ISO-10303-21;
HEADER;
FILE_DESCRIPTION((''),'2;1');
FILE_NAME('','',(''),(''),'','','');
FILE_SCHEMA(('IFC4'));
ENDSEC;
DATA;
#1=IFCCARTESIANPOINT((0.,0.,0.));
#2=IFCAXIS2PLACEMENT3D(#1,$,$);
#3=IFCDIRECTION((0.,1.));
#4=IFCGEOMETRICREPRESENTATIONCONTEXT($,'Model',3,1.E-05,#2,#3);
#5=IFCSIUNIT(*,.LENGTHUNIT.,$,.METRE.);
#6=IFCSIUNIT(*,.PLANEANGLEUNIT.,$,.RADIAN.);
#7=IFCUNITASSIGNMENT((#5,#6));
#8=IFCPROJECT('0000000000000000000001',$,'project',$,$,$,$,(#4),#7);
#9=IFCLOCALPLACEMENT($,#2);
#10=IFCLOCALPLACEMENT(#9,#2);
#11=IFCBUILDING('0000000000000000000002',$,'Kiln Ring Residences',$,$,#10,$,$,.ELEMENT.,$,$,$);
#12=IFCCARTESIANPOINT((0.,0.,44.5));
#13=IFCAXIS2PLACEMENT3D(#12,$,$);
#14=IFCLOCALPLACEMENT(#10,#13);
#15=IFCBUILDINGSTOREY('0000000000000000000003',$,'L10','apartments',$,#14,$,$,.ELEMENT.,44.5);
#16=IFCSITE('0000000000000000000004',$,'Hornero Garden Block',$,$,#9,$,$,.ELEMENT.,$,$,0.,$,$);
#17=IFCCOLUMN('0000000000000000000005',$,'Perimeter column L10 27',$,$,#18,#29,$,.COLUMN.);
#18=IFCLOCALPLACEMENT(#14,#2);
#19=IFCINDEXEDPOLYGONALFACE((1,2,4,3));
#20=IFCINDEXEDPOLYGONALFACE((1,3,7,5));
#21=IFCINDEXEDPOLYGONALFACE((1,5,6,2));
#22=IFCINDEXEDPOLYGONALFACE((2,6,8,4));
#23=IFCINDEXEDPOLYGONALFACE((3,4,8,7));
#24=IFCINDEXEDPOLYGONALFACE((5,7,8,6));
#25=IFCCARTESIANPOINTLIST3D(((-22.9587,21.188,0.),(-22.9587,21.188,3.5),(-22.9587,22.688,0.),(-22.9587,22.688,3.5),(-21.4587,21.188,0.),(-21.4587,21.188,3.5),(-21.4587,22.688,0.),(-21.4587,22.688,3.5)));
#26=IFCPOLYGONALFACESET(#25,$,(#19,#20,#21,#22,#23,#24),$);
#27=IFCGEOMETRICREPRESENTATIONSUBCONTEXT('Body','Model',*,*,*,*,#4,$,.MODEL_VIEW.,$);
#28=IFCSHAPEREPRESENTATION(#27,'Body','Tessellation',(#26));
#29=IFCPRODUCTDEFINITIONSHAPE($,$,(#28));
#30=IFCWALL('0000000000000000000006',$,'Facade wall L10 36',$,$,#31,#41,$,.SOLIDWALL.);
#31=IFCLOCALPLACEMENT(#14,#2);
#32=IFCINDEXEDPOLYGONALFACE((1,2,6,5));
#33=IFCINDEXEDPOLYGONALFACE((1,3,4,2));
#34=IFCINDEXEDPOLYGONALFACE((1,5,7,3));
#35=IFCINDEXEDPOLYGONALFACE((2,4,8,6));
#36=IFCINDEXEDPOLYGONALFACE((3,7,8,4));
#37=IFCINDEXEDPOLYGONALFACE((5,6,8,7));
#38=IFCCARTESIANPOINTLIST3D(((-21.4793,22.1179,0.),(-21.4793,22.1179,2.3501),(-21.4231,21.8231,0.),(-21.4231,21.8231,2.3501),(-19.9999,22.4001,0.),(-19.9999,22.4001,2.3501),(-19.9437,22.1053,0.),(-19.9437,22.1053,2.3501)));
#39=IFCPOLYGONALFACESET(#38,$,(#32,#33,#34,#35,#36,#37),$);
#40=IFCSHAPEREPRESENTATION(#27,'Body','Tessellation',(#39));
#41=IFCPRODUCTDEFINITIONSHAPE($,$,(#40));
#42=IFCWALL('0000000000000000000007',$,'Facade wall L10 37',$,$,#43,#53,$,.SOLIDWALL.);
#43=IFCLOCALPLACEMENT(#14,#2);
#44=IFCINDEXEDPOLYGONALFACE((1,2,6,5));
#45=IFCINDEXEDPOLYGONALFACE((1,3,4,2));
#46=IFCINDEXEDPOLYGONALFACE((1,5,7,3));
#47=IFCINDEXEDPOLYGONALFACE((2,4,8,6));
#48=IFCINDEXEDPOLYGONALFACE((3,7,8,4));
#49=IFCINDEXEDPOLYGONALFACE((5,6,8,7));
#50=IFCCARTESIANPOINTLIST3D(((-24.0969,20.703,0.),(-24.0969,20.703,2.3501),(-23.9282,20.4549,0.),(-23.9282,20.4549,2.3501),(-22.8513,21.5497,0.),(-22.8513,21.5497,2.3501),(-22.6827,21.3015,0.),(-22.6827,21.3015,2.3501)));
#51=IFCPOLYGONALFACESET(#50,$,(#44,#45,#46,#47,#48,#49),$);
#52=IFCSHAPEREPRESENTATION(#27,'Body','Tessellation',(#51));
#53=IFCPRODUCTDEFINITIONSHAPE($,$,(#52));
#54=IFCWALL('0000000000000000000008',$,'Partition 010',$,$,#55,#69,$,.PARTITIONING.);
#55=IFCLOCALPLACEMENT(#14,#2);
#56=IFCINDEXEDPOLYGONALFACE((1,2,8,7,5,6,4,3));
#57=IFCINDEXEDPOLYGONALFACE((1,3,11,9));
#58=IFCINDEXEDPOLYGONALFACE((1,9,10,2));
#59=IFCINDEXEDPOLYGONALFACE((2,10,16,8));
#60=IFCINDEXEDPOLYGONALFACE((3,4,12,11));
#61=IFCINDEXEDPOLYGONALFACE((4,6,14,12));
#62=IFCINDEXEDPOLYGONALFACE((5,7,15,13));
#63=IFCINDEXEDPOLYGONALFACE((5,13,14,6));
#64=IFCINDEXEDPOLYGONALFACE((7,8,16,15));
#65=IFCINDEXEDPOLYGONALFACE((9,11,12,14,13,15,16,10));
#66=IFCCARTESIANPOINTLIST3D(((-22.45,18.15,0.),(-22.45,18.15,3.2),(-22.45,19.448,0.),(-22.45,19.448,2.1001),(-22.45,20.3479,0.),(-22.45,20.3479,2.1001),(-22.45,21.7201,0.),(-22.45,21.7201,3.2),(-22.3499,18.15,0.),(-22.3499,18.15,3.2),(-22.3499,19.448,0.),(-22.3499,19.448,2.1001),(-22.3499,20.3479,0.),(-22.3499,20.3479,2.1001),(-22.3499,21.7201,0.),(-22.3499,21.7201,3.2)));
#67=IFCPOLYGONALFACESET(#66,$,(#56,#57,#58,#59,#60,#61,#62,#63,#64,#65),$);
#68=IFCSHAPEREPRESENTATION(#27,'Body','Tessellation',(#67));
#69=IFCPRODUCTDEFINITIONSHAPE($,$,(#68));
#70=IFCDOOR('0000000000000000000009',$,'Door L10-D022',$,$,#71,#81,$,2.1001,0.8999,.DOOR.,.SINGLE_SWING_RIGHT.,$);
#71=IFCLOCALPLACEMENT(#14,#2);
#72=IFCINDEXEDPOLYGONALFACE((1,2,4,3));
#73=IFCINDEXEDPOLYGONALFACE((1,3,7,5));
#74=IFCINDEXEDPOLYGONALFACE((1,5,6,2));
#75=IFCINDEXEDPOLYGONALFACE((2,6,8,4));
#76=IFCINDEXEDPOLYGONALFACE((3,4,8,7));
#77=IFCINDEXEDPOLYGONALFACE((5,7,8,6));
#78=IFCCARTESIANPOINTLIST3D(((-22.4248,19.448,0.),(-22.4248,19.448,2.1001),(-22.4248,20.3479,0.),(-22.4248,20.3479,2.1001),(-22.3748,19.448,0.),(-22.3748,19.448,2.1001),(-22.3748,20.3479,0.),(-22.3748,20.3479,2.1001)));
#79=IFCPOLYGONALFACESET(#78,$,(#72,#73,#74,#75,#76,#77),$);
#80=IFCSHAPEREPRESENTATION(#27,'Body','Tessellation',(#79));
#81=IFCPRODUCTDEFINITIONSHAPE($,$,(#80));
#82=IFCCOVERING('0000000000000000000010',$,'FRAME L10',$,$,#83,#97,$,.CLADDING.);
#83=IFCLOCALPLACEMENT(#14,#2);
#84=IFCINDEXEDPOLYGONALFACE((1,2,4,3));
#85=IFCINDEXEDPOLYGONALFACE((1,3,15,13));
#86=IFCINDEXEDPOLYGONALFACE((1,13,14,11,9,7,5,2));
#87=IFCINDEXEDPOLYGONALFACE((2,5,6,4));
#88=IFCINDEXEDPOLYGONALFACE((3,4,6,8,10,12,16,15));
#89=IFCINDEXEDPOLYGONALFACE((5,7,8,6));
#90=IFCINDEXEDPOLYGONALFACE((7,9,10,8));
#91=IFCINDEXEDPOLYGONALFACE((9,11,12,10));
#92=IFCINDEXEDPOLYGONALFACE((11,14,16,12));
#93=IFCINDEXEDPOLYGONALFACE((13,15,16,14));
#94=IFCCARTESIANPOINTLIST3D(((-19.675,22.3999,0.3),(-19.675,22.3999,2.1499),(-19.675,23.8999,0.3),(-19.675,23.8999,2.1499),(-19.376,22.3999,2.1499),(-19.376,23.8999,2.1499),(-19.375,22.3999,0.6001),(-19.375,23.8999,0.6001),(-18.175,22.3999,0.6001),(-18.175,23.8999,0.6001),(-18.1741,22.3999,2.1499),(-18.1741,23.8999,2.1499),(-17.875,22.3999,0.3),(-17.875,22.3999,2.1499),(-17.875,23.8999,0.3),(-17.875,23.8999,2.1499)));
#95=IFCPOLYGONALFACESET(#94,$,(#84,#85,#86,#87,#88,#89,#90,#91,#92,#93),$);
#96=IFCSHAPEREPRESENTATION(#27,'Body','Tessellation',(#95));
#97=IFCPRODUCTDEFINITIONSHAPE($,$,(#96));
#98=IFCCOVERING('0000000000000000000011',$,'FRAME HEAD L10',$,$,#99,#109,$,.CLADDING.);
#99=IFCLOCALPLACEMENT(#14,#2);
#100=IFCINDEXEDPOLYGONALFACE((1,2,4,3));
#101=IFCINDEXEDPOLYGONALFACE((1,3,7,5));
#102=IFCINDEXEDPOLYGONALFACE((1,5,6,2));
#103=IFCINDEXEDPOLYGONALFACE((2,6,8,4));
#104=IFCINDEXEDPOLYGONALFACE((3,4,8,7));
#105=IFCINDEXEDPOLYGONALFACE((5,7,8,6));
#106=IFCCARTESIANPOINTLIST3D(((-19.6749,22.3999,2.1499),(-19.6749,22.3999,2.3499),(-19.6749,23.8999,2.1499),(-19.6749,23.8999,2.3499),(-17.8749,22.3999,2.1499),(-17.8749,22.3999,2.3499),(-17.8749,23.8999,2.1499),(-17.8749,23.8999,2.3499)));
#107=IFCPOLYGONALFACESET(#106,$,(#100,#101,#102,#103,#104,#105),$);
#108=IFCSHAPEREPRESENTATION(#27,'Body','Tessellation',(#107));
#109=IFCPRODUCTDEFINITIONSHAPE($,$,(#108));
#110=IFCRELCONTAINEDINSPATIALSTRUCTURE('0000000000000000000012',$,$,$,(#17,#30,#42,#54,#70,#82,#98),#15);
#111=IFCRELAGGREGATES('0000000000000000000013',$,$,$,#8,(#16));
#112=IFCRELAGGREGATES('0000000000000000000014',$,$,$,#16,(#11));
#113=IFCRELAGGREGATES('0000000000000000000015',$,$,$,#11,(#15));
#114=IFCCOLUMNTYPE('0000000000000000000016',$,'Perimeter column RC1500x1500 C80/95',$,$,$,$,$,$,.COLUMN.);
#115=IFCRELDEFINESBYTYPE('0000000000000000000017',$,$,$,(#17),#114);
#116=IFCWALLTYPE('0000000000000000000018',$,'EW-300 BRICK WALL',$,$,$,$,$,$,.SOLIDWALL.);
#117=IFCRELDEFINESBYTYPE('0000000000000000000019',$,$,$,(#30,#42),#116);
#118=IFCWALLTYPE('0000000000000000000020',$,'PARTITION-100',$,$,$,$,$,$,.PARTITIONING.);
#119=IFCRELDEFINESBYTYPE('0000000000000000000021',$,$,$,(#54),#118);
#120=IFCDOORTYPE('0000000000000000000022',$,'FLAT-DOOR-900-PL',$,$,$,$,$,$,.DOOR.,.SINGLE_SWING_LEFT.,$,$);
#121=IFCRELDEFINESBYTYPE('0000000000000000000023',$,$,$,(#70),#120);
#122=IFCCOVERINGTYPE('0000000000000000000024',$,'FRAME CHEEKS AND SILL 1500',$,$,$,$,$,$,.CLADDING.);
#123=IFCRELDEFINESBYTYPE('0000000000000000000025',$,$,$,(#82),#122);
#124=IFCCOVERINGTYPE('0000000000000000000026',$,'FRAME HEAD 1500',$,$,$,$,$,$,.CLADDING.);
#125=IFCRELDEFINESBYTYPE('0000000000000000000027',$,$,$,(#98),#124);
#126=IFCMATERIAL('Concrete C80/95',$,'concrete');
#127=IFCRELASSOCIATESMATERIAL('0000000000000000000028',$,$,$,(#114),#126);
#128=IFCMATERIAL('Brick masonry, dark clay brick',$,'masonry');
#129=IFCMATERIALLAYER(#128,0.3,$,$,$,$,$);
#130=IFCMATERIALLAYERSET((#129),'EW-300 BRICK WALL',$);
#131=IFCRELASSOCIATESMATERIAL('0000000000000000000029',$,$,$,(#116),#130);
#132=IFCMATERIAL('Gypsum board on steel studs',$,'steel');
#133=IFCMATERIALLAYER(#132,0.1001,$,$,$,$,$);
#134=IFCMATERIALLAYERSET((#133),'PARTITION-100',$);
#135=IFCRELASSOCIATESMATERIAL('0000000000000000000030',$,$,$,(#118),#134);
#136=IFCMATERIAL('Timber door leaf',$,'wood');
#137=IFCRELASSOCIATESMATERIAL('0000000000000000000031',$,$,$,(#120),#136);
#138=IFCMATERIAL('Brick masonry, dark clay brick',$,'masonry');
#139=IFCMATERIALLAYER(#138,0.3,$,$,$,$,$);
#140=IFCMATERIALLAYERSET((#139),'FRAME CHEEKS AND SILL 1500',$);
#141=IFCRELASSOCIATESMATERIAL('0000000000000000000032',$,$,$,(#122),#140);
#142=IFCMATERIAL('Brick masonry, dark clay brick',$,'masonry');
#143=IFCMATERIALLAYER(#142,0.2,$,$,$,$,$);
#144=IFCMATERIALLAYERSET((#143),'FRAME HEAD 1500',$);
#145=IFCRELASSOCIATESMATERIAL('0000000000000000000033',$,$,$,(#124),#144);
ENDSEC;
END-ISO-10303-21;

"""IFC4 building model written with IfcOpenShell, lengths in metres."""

from ifc_helpers import new_model, si_unit, direction, frame, frame_2d, origin, origin_2d, place, context, subcontext, project, spatial, polyline, rectangle, outline, extrude, material, layer, layer_set, material_profile, profile_set, type_object, element, fill, save


model = new_model("IFC4")

# Units and contexts
model_context = context("Model", 3, precision=1e-05, world=origin(), true_north=direction((0.0, 1.0)))
body_context = subcontext(model_context, "Body", "Model", "MODEL_VIEW")
ifc_project = project(units=[si_unit("LENGTHUNIT", "METRE"), si_unit("PLANEANGLEUNIT", "RADIAN")], contexts=[model_context])

# Site, building, storey
site_placement = place(None, origin())
site = spatial("IfcSite", under=ifc_project, at=site_placement, Name="Hornero Garden Block", CompositionType="ELEMENT", RefElevation=0.0)
building_placement = place(site_placement, origin())
building = spatial("IfcBuilding", under=site, at=building_placement, Name="Kiln Ring Residences", CompositionType="ELEMENT")
storey_placement = place(building_placement, frame((0.0, 0.0, 44.5)))
storey = spatial("IfcBuildingStorey", under=building, at=storey_placement, Name="L10", Description="apartments", CompositionType="ELEMENT", Elevation=44.5)

# Column
ifc_material_1 = material(Name="Concrete C80/95", Category="concrete")
ifc_material_profile = material_profile(ifc_material_1, rectangle(XDim=1.5, YDim=1.5, at=origin_2d()), Name="RC1500x1500")
ifc_profile_set = profile_set([ifc_material_profile], Name="Concrete C80/95")
column_type = type_object("IfcColumnType", Name="Perimeter column RC1500x1500 C80/95", PredefinedType="COLUMN", material=ifc_profile_set)
column_placement = place(storey_placement, frame((-22.2087, 21.938, 0.0), z_axis=(0.0, 0.0, 1.0), x_axis=(1.0, 0.0, 0.0)))
element("IfcColumn", 1, at=column_placement, inside=storey, type_object=column_type, Name="Perimeter column L10 27", PredefinedType="COLUMN", context=body_context, shape_type="SweptSolid", body=[
    extrude(rectangle(XDim=1.5, YDim=1.5, at=origin_2d()), origin(), (0.0, 0.0, 1.0), 3.5),
])

# Walls
ifc_material_2 = material(Name="Brick masonry, dark clay brick", Category="masonry")
ifc_layer_1 = layer(ifc_material_2, 0.3)
ifc_layer_set_1 = layer_set([ifc_layer_1], Name="EW-300 BRICK WALL")
wall_type_1 = type_object("IfcWallType", Name="EW-300 BRICK WALL", PredefinedType="SOLIDWALL", material=ifc_layer_set_1)
for number, where, z_axis, x_axis, name in (
    (2, (-19.9719, 22.2527, 0.0), (0.0, 0.0, 1.0), (-0.982287, -0.18738, 0.0), "Facade wall L10 36"),
    (3, (-22.7671, 21.4255, 0.0), (0.0, 0.0, 1.0), (-0.827029, -0.562159, 0.0), "Facade wall L10 37"),
):
    element("IfcWall", number, at=place(storey_placement, frame(where, z_axis=z_axis, x_axis=x_axis)), inside=storey, type_object=wall_type_1, Name=name, PredefinedType="SOLIDWALL", context=body_context, shape_type="SweptSolid", body=[
        extrude(rectangle(XDim=1.5061, YDim=0.3, at=frame_2d((0.7529, 0.0))), origin(), (0.0, 0.0, 1.0), 2.3501),
    ])

# Wall, opening, door
ifc_material_3 = material(Name="Gypsum board on steel studs", Category="steel")
ifc_layer_2 = layer(ifc_material_3, 0.1001)
ifc_layer_set_2 = layer_set([ifc_layer_2], Name="PARTITION-100")
wall_type_2 = type_object("IfcWallType", Name="PARTITION-100", PredefinedType="PARTITIONING", material=ifc_layer_set_2)
wall_placement = place(storey_placement, frame((-22.3999, 18.1499, 0.0), z_axis=(0.0, 0.0, 1.0), x_axis=(0.0, 1.0, 0.0)))
wall = element("IfcWall", 4, at=wall_placement, inside=storey, type_object=wall_type_2, Name="Partition 010", PredefinedType="PARTITIONING", context=body_context, shape_type="SweptSolid", body=[
    extrude(rectangle(XDim=3.5701, YDim=0.1001, at=frame_2d((1.7852, 0.0))), origin(), (0.0, 0.0, 1.0), 3.2),
])
opening_placement = place(wall_placement, frame((1.2981, 0.0, 0.0)))
opening = element("IfcOpeningElement", 5, at=opening_placement, cuts=wall, PredefinedType="OPENING", context=body_context, shape_type="SweptSolid", body=[
    extrude(rectangle(XDim=0.8999, YDim=2.1001, at=frame_2d((0.45, 1.05))), frame((0.0, 0.0601, 0.0), z_axis=(0.0, -1.0, 0.0), x_axis=(1.0, 0.0, 0.0)), (0.0, 0.0, 1.0), 0.1201),
])
ifc_material_4 = material(Name="Timber door leaf", Category="wood")
door_type = type_object("IfcDoorType", Name="FLAT-DOOR-900-PL", OperationType="SINGLE_SWING_LEFT", PredefinedType="DOOR", material=ifc_material_4)
door_placement = place(opening_placement, origin())
door = element("IfcDoor", 6, at=door_placement, inside=storey, type_object=door_type, Name="Door L10-D022", OperationType="SINGLE_SWING_RIGHT", OverallHeight=2.1001, OverallWidth=0.8999, PredefinedType="DOOR", context=body_context, shape_type="SweptSolid", body=[
    extrude(rectangle(XDim=0.8999, YDim=2.1001, at=frame_2d((0.45, 1.05))), frame((0.0, 0.0249, 0.0), z_axis=(0.0, -1.0, 0.0), x_axis=(1.0, 0.0, 0.0)), (0.0, 0.0, 1.0), 0.05),
])
fill(opening, door)

# Coverings
ifc_material_5 = material(Name="Brick masonry, dark clay brick", Category="masonry")
ifc_layer_3 = layer(ifc_material_5, 0.3)
ifc_layer_set_3 = layer_set([ifc_layer_3], Name="FRAME CHEEKS AND SILL 1500")
covering_type_1 = type_object("IfcCoveringType", Name="FRAME CHEEKS AND SILL 1500", PredefinedType="CLADDING", material=ifc_layer_set_3)
covering_1_placement = place(storey_placement, frame((-17.875, 23.1499, 0.3), z_axis=(0.0, 0.0, 1.0), x_axis=(-1.0, 0.0, 0.0)))
element("IfcCovering", 7, at=covering_1_placement, inside=storey, type_object=covering_type_1, Name="FRAME L10", PredefinedType="CLADDING", context=body_context, shape_type="SweptSolid", body=[
    extrude(outline(polyline([(0.0, 0.0), (1.8, 0.0), (1.8, 1.8499), (1.501, 1.8499), (1.5, 0.3), (0.3, 0.3), (0.2991, 1.8499), (0.0, 1.8499), (0.0, 0.0)])), frame((0.0, 0.75, 0.0), z_axis=(0.0, -1.0, 0.0), x_axis=(1.0, 0.0, 0.0)), (0.0, 0.0, 1.0), 1.5),
])
ifc_material_6 = material(Name="Brick masonry, dark clay brick", Category="masonry")
ifc_layer_4 = layer(ifc_material_6, 0.2)
ifc_layer_set_4 = layer_set([ifc_layer_4], Name="FRAME HEAD 1500")
covering_type_2 = type_object("IfcCoveringType", Name="FRAME HEAD 1500", PredefinedType="CLADDING", material=ifc_layer_set_4)
covering_2_placement = place(storey_placement, frame((-18.7749, 23.1499, 2.1499), z_axis=(0.0, 0.0, 1.0), x_axis=(-1.0, 0.0, 0.0)))
element("IfcCovering", 8, at=covering_2_placement, inside=storey, type_object=covering_type_2, Name="FRAME HEAD L10", PredefinedType="CLADDING", context=body_context, shape_type="SweptSolid", body=[
    extrude(rectangle(XDim=1.8, YDim=1.5, at=origin_2d()), origin(), (0.0, 0.0, 1.0), 0.2),
])

save(model, "model.ifc")
